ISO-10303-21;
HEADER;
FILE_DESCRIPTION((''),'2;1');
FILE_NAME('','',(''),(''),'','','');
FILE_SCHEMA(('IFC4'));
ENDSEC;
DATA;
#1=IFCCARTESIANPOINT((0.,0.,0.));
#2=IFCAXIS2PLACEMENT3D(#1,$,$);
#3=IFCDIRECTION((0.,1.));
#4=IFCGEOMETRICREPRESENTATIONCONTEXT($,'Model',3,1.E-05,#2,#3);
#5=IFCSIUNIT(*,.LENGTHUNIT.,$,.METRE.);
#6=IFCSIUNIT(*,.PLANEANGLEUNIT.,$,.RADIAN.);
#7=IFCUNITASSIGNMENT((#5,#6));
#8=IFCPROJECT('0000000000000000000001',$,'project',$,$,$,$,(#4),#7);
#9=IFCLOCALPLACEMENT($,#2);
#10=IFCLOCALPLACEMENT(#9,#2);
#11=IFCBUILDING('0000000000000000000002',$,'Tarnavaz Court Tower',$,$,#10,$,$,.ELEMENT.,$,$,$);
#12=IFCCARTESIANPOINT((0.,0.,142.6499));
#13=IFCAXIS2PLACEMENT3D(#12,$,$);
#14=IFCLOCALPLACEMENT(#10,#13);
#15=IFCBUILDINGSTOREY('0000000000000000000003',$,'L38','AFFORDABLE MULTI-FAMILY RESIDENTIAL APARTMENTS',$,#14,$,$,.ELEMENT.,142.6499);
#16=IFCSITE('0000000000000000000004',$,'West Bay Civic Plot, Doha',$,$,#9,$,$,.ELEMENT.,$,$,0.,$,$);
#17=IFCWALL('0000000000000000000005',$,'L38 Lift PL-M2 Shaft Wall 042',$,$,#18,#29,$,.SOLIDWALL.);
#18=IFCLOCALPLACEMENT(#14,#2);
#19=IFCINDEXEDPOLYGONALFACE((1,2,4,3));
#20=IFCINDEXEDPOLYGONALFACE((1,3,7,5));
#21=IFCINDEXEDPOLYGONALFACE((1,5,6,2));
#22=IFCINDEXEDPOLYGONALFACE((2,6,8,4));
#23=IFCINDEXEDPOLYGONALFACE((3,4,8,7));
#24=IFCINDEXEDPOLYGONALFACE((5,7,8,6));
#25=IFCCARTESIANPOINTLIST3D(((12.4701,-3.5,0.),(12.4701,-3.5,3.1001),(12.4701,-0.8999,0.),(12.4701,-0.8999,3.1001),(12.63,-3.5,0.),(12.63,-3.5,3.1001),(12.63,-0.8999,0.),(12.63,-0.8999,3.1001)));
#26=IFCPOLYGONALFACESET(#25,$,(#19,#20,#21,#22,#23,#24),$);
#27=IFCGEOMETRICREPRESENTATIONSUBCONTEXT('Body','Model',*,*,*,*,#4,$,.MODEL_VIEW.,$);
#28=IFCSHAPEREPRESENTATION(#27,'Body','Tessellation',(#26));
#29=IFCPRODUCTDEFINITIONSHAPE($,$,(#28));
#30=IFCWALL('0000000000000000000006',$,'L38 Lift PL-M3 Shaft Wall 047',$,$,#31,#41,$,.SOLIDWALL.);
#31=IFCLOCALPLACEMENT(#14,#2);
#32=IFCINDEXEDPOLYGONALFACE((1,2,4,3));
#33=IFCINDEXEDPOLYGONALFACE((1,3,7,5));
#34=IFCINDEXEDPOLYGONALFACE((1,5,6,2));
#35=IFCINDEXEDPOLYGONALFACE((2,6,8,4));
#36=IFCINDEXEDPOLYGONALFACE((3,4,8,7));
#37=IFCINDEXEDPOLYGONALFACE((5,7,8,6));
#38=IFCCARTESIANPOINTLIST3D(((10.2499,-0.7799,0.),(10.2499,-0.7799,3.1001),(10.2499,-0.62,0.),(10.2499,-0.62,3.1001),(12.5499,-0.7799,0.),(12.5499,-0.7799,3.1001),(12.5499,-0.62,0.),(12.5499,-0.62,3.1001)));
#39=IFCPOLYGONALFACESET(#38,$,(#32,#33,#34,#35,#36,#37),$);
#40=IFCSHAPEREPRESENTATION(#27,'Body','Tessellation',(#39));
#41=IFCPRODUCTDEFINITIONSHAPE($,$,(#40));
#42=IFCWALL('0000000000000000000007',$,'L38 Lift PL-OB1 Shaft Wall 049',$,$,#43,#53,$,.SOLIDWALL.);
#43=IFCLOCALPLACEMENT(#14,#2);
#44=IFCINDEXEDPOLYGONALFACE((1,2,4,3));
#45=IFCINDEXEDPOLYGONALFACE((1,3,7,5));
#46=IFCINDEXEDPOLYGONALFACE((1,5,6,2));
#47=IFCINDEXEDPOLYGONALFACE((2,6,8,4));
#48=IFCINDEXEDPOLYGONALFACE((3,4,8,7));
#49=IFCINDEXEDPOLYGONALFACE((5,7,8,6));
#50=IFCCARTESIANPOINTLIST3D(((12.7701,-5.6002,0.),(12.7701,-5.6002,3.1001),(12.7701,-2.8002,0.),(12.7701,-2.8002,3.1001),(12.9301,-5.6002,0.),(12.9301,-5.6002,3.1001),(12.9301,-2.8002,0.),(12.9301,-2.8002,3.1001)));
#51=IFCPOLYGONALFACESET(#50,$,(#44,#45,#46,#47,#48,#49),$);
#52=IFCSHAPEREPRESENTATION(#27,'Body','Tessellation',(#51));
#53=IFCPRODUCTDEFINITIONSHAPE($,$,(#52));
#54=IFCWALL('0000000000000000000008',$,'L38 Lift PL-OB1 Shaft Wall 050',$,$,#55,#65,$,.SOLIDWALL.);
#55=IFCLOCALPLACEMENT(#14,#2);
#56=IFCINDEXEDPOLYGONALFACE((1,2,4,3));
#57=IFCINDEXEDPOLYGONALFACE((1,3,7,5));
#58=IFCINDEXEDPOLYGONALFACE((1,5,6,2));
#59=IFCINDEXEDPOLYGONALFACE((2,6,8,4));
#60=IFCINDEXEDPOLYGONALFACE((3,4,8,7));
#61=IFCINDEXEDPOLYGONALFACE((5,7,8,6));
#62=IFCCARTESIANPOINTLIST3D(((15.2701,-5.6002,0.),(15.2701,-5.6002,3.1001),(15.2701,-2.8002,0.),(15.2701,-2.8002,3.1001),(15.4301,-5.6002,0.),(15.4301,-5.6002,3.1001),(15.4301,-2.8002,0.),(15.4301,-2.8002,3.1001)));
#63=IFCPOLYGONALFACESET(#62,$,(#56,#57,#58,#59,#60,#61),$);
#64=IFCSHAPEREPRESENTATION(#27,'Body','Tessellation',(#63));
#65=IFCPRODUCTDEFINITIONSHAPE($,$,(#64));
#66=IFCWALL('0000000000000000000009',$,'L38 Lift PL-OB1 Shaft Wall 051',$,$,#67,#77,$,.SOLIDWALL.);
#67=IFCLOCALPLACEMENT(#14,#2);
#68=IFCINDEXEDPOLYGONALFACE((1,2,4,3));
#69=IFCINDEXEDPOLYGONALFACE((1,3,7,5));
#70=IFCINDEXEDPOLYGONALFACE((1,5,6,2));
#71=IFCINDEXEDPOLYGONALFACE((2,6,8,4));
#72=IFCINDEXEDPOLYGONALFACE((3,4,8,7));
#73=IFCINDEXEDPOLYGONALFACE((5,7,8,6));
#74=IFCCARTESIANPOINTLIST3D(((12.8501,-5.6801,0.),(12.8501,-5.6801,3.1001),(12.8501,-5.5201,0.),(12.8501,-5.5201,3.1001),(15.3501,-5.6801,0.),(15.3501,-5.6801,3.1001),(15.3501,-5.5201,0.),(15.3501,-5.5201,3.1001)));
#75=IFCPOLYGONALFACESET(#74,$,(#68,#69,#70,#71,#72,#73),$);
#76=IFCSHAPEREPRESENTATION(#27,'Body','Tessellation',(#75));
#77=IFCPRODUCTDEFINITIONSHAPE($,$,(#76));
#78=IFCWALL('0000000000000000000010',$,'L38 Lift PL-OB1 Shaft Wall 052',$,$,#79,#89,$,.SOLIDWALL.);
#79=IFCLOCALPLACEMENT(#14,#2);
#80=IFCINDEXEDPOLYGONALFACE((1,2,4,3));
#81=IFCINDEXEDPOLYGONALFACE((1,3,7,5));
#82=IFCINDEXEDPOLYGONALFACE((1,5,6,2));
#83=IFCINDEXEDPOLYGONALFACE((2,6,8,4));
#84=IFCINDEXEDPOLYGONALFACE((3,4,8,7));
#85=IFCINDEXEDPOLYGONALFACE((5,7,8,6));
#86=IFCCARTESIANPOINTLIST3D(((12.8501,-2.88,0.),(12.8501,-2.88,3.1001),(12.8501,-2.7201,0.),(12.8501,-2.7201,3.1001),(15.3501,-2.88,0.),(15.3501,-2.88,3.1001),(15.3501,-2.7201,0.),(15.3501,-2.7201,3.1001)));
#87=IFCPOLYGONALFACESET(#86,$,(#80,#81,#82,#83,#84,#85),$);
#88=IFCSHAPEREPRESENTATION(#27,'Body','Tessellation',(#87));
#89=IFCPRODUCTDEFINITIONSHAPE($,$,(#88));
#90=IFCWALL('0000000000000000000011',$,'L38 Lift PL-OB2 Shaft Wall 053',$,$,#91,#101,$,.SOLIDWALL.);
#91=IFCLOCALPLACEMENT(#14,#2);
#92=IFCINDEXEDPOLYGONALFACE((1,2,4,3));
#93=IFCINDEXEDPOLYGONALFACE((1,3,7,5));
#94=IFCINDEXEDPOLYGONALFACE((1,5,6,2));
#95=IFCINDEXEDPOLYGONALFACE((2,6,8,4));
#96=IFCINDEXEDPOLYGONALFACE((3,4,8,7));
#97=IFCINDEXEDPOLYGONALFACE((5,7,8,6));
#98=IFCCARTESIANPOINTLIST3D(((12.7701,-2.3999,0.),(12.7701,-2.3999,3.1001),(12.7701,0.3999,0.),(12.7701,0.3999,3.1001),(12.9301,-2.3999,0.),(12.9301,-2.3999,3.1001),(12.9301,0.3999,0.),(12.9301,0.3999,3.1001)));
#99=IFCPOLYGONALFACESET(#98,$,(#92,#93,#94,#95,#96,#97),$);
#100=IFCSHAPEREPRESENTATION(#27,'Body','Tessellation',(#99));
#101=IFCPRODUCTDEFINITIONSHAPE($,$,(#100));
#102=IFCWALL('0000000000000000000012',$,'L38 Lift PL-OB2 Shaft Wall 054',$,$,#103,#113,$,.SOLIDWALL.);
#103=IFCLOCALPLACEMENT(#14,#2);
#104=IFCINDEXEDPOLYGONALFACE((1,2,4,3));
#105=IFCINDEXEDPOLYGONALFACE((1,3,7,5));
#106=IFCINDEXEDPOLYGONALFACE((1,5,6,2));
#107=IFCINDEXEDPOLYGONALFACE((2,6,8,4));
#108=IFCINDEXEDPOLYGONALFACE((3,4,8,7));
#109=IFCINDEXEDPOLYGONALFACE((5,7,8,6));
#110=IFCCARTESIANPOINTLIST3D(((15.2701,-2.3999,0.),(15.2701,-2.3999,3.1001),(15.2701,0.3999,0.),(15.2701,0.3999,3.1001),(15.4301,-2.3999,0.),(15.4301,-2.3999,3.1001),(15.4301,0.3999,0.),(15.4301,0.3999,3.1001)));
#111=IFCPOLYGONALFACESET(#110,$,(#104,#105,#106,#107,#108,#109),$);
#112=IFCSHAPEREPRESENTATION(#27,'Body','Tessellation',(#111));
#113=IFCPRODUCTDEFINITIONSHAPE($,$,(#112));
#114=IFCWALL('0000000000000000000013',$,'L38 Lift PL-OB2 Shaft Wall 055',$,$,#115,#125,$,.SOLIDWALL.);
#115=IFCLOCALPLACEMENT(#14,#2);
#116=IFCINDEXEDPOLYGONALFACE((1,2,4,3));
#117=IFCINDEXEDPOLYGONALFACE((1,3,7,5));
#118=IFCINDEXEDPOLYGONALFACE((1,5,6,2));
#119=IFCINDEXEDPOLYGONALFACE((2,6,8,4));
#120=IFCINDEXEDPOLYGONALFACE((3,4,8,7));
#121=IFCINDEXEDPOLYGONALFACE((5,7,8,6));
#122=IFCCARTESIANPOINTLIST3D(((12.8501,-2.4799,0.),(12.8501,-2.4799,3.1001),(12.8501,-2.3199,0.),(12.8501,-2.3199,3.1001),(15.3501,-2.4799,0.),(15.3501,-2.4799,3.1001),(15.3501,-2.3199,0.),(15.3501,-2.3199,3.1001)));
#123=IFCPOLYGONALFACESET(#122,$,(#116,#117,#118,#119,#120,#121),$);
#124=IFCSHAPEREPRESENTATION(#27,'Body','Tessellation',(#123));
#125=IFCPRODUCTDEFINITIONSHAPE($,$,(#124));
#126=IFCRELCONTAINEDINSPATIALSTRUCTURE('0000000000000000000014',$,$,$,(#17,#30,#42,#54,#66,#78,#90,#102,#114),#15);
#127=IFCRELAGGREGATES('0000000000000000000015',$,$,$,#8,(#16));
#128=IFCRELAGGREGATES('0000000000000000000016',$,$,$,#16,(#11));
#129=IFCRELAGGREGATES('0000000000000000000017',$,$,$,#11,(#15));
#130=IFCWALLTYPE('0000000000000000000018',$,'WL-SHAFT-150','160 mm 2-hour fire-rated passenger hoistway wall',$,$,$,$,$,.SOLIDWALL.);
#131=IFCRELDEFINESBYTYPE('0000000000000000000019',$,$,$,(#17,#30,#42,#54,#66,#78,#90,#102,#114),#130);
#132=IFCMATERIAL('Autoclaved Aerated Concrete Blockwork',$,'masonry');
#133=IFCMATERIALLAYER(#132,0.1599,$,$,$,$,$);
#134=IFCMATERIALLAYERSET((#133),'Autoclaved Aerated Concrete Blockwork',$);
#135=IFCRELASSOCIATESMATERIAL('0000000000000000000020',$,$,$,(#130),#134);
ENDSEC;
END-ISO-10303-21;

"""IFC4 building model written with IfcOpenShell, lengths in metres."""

from ifc_helpers import new_model, si_unit, direction, frame, frame_2d, origin, place, context, subcontext, project, spatial, rectangle, extrude, material, layer, layer_set, type_object, element, save


model = new_model("IFC4")

# Units and contexts
model_context = context("Model", 3, precision=1e-05, world=origin(), true_north=direction((0.0, 1.0)))
body_context = subcontext(model_context, "Body", "Model", "MODEL_VIEW")
ifc_project = project(units=[si_unit("LENGTHUNIT", "METRE"), si_unit("PLANEANGLEUNIT", "RADIAN")], contexts=[model_context])

# Site, building, storey
site_placement = place(None, origin())
site = spatial("IfcSite", under=ifc_project, at=site_placement, Name="West Bay Civic Plot, Doha", CompositionType="ELEMENT", RefElevation=0.0)
building_placement = place(site_placement, origin())
building = spatial("IfcBuilding", under=site, at=building_placement, Name="Tarnavaz Court Tower", CompositionType="ELEMENT")
storey_placement = place(building_placement, frame((0.0, 0.0, 142.6499)))
storey = spatial("IfcBuildingStorey", under=building, at=storey_placement, Name="L38", Description="AFFORDABLE MULTI-FAMILY RESIDENTIAL APARTMENTS", CompositionType="ELEMENT", Elevation=142.6499)

# Wall
ifc_material_1 = material(Name="Autoclaved Aerated Concrete Blockwork", Category="masonry")
ifc_layer_1 = layer(ifc_material_1, 0.1599)
ifc_layer_set_1 = layer_set([ifc_layer_1], Name="Autoclaved Aerated Concrete Blockwork")
wall_type_1 = type_object("IfcWallType", Name="WL-SHAFT-150", Description="160 mm 2-hour fire-rated passenger hoistway wall", PredefinedType="SOLIDWALL", material=ifc_layer_set_1)
for number, where, z_axis, x_axis, name in (
    (1, (12.55, -3.5, 0.0), (0.0, 0.0, 1.0), (0.0, 1.0, 0.0), "L38 Lift PL-M2 Shaft Wall 042"),
):
    element("IfcWall", number, at=place(storey_placement, frame(where, z_axis=z_axis, x_axis=x_axis)), inside=storey, type_object=wall_type_1, Name=name, PredefinedType="SOLIDWALL", context=body_context, shape_type="SweptSolid", body=[
        extrude(rectangle(XDim=2.6001, YDim=0.1599, at=frame_2d((1.3, 0.0))), origin(), (0.0, 0.0, 1.0), 3.1001),
    ])

# Walls
wall_1_placement = place(storey_placement, frame((10.25, -0.7, 0.0), z_axis=(0.0, 0.0, 1.0), x_axis=(1.0, 0.0, 0.0)))
element("IfcWall", 2, at=wall_1_placement, inside=storey, type_object=wall_type_1, Name="L38 Lift PL-M3 Shaft Wall 047", PredefinedType="SOLIDWALL", context=body_context, shape_type="SweptSolid", body=[
    extrude(rectangle(XDim=2.3, YDim=0.1599, at=frame_2d((1.1499, 0.0))), origin(), (0.0, 0.0, 1.0), 3.1001),
])
for number, where, z_axis, x_axis, name in (
    (3, (12.8501, -5.6001, 0.0), (0.0, 0.0, 1.0), (0.0, 1.0, 0.0), "L38 Lift PL-OB1 Shaft Wall 049"),
    (4, (15.3501, -5.6001, 0.0), (0.0, 0.0, 1.0), (0.0, 1.0, 0.0), "L38 Lift PL-OB1 Shaft Wall 050"),
):
    element("IfcWall", number, at=place(storey_placement, frame(where, z_axis=z_axis, x_axis=x_axis)), inside=storey, type_object=wall_type_1, Name=name, PredefinedType="SOLIDWALL", context=body_context, shape_type="SweptSolid", body=[
        extrude(rectangle(XDim=2.8, YDim=0.1599, at=frame_2d((1.3999, 0.0))), origin(), (0.0, 0.0, 1.0), 3.1001),
    ])
for number, where, z_axis, x_axis, name in (
    (5, (12.8501, -5.6001, 0.0), (0.0, 0.0, 1.0), (1.0, 0.0, 0.0), "L38 Lift PL-OB1 Shaft Wall 051"),
    (6, (12.8501, -2.8, 0.0), (0.0, 0.0, 1.0), (1.0, 0.0, 0.0), "L38 Lift PL-OB1 Shaft Wall 052"),
):
    element("IfcWall", number, at=place(storey_placement, frame(where, z_axis=z_axis, x_axis=x_axis)), inside=storey, type_object=wall_type_1, Name=name, PredefinedType="SOLIDWALL", context=body_context, shape_type="SweptSolid", body=[
        extrude(rectangle(XDim=2.5, YDim=0.1599, at=frame_2d((1.25, 0.0))), origin(), (0.0, 0.0, 1.0), 3.1001),
    ])
for number, where, z_axis, x_axis, name in (
    (7, (12.8501, -2.3999, 0.0), (0.0, 0.0, 1.0), (0.0, 1.0, 0.0), "L38 Lift PL-OB2 Shaft Wall 053"),
    (8, (15.3501, -2.3999, 0.0), (0.0, 0.0, 1.0), (0.0, 1.0, 0.0), "L38 Lift PL-OB2 Shaft Wall 054"),
):
    element("IfcWall", number, at=place(storey_placement, frame(where, z_axis=z_axis, x_axis=x_axis)), inside=storey, type_object=wall_type_1, Name=name, PredefinedType="SOLIDWALL", context=body_context, shape_type="SweptSolid", body=[
        extrude(rectangle(XDim=2.7998, YDim=0.1599, at=frame_2d((1.3999, 0.0))), origin(), (0.0, 0.0, 1.0), 3.1001),
    ])
wall_2_placement = place(storey_placement, frame((12.8501, -2.3999, 0.0), z_axis=(0.0, 0.0, 1.0), x_axis=(1.0, 0.0, 0.0)))
element("IfcWall", 9, at=wall_2_placement, inside=storey, type_object=wall_type_1, Name="L38 Lift PL-OB2 Shaft Wall 055", PredefinedType="SOLIDWALL", context=body_context, shape_type="SweptSolid", body=[
    extrude(rectangle(XDim=2.5, YDim=0.1599, at=frame_2d((1.25, 0.0))), origin(), (0.0, 0.0, 1.0), 3.1001),
])

save(model, "model.ifc")
